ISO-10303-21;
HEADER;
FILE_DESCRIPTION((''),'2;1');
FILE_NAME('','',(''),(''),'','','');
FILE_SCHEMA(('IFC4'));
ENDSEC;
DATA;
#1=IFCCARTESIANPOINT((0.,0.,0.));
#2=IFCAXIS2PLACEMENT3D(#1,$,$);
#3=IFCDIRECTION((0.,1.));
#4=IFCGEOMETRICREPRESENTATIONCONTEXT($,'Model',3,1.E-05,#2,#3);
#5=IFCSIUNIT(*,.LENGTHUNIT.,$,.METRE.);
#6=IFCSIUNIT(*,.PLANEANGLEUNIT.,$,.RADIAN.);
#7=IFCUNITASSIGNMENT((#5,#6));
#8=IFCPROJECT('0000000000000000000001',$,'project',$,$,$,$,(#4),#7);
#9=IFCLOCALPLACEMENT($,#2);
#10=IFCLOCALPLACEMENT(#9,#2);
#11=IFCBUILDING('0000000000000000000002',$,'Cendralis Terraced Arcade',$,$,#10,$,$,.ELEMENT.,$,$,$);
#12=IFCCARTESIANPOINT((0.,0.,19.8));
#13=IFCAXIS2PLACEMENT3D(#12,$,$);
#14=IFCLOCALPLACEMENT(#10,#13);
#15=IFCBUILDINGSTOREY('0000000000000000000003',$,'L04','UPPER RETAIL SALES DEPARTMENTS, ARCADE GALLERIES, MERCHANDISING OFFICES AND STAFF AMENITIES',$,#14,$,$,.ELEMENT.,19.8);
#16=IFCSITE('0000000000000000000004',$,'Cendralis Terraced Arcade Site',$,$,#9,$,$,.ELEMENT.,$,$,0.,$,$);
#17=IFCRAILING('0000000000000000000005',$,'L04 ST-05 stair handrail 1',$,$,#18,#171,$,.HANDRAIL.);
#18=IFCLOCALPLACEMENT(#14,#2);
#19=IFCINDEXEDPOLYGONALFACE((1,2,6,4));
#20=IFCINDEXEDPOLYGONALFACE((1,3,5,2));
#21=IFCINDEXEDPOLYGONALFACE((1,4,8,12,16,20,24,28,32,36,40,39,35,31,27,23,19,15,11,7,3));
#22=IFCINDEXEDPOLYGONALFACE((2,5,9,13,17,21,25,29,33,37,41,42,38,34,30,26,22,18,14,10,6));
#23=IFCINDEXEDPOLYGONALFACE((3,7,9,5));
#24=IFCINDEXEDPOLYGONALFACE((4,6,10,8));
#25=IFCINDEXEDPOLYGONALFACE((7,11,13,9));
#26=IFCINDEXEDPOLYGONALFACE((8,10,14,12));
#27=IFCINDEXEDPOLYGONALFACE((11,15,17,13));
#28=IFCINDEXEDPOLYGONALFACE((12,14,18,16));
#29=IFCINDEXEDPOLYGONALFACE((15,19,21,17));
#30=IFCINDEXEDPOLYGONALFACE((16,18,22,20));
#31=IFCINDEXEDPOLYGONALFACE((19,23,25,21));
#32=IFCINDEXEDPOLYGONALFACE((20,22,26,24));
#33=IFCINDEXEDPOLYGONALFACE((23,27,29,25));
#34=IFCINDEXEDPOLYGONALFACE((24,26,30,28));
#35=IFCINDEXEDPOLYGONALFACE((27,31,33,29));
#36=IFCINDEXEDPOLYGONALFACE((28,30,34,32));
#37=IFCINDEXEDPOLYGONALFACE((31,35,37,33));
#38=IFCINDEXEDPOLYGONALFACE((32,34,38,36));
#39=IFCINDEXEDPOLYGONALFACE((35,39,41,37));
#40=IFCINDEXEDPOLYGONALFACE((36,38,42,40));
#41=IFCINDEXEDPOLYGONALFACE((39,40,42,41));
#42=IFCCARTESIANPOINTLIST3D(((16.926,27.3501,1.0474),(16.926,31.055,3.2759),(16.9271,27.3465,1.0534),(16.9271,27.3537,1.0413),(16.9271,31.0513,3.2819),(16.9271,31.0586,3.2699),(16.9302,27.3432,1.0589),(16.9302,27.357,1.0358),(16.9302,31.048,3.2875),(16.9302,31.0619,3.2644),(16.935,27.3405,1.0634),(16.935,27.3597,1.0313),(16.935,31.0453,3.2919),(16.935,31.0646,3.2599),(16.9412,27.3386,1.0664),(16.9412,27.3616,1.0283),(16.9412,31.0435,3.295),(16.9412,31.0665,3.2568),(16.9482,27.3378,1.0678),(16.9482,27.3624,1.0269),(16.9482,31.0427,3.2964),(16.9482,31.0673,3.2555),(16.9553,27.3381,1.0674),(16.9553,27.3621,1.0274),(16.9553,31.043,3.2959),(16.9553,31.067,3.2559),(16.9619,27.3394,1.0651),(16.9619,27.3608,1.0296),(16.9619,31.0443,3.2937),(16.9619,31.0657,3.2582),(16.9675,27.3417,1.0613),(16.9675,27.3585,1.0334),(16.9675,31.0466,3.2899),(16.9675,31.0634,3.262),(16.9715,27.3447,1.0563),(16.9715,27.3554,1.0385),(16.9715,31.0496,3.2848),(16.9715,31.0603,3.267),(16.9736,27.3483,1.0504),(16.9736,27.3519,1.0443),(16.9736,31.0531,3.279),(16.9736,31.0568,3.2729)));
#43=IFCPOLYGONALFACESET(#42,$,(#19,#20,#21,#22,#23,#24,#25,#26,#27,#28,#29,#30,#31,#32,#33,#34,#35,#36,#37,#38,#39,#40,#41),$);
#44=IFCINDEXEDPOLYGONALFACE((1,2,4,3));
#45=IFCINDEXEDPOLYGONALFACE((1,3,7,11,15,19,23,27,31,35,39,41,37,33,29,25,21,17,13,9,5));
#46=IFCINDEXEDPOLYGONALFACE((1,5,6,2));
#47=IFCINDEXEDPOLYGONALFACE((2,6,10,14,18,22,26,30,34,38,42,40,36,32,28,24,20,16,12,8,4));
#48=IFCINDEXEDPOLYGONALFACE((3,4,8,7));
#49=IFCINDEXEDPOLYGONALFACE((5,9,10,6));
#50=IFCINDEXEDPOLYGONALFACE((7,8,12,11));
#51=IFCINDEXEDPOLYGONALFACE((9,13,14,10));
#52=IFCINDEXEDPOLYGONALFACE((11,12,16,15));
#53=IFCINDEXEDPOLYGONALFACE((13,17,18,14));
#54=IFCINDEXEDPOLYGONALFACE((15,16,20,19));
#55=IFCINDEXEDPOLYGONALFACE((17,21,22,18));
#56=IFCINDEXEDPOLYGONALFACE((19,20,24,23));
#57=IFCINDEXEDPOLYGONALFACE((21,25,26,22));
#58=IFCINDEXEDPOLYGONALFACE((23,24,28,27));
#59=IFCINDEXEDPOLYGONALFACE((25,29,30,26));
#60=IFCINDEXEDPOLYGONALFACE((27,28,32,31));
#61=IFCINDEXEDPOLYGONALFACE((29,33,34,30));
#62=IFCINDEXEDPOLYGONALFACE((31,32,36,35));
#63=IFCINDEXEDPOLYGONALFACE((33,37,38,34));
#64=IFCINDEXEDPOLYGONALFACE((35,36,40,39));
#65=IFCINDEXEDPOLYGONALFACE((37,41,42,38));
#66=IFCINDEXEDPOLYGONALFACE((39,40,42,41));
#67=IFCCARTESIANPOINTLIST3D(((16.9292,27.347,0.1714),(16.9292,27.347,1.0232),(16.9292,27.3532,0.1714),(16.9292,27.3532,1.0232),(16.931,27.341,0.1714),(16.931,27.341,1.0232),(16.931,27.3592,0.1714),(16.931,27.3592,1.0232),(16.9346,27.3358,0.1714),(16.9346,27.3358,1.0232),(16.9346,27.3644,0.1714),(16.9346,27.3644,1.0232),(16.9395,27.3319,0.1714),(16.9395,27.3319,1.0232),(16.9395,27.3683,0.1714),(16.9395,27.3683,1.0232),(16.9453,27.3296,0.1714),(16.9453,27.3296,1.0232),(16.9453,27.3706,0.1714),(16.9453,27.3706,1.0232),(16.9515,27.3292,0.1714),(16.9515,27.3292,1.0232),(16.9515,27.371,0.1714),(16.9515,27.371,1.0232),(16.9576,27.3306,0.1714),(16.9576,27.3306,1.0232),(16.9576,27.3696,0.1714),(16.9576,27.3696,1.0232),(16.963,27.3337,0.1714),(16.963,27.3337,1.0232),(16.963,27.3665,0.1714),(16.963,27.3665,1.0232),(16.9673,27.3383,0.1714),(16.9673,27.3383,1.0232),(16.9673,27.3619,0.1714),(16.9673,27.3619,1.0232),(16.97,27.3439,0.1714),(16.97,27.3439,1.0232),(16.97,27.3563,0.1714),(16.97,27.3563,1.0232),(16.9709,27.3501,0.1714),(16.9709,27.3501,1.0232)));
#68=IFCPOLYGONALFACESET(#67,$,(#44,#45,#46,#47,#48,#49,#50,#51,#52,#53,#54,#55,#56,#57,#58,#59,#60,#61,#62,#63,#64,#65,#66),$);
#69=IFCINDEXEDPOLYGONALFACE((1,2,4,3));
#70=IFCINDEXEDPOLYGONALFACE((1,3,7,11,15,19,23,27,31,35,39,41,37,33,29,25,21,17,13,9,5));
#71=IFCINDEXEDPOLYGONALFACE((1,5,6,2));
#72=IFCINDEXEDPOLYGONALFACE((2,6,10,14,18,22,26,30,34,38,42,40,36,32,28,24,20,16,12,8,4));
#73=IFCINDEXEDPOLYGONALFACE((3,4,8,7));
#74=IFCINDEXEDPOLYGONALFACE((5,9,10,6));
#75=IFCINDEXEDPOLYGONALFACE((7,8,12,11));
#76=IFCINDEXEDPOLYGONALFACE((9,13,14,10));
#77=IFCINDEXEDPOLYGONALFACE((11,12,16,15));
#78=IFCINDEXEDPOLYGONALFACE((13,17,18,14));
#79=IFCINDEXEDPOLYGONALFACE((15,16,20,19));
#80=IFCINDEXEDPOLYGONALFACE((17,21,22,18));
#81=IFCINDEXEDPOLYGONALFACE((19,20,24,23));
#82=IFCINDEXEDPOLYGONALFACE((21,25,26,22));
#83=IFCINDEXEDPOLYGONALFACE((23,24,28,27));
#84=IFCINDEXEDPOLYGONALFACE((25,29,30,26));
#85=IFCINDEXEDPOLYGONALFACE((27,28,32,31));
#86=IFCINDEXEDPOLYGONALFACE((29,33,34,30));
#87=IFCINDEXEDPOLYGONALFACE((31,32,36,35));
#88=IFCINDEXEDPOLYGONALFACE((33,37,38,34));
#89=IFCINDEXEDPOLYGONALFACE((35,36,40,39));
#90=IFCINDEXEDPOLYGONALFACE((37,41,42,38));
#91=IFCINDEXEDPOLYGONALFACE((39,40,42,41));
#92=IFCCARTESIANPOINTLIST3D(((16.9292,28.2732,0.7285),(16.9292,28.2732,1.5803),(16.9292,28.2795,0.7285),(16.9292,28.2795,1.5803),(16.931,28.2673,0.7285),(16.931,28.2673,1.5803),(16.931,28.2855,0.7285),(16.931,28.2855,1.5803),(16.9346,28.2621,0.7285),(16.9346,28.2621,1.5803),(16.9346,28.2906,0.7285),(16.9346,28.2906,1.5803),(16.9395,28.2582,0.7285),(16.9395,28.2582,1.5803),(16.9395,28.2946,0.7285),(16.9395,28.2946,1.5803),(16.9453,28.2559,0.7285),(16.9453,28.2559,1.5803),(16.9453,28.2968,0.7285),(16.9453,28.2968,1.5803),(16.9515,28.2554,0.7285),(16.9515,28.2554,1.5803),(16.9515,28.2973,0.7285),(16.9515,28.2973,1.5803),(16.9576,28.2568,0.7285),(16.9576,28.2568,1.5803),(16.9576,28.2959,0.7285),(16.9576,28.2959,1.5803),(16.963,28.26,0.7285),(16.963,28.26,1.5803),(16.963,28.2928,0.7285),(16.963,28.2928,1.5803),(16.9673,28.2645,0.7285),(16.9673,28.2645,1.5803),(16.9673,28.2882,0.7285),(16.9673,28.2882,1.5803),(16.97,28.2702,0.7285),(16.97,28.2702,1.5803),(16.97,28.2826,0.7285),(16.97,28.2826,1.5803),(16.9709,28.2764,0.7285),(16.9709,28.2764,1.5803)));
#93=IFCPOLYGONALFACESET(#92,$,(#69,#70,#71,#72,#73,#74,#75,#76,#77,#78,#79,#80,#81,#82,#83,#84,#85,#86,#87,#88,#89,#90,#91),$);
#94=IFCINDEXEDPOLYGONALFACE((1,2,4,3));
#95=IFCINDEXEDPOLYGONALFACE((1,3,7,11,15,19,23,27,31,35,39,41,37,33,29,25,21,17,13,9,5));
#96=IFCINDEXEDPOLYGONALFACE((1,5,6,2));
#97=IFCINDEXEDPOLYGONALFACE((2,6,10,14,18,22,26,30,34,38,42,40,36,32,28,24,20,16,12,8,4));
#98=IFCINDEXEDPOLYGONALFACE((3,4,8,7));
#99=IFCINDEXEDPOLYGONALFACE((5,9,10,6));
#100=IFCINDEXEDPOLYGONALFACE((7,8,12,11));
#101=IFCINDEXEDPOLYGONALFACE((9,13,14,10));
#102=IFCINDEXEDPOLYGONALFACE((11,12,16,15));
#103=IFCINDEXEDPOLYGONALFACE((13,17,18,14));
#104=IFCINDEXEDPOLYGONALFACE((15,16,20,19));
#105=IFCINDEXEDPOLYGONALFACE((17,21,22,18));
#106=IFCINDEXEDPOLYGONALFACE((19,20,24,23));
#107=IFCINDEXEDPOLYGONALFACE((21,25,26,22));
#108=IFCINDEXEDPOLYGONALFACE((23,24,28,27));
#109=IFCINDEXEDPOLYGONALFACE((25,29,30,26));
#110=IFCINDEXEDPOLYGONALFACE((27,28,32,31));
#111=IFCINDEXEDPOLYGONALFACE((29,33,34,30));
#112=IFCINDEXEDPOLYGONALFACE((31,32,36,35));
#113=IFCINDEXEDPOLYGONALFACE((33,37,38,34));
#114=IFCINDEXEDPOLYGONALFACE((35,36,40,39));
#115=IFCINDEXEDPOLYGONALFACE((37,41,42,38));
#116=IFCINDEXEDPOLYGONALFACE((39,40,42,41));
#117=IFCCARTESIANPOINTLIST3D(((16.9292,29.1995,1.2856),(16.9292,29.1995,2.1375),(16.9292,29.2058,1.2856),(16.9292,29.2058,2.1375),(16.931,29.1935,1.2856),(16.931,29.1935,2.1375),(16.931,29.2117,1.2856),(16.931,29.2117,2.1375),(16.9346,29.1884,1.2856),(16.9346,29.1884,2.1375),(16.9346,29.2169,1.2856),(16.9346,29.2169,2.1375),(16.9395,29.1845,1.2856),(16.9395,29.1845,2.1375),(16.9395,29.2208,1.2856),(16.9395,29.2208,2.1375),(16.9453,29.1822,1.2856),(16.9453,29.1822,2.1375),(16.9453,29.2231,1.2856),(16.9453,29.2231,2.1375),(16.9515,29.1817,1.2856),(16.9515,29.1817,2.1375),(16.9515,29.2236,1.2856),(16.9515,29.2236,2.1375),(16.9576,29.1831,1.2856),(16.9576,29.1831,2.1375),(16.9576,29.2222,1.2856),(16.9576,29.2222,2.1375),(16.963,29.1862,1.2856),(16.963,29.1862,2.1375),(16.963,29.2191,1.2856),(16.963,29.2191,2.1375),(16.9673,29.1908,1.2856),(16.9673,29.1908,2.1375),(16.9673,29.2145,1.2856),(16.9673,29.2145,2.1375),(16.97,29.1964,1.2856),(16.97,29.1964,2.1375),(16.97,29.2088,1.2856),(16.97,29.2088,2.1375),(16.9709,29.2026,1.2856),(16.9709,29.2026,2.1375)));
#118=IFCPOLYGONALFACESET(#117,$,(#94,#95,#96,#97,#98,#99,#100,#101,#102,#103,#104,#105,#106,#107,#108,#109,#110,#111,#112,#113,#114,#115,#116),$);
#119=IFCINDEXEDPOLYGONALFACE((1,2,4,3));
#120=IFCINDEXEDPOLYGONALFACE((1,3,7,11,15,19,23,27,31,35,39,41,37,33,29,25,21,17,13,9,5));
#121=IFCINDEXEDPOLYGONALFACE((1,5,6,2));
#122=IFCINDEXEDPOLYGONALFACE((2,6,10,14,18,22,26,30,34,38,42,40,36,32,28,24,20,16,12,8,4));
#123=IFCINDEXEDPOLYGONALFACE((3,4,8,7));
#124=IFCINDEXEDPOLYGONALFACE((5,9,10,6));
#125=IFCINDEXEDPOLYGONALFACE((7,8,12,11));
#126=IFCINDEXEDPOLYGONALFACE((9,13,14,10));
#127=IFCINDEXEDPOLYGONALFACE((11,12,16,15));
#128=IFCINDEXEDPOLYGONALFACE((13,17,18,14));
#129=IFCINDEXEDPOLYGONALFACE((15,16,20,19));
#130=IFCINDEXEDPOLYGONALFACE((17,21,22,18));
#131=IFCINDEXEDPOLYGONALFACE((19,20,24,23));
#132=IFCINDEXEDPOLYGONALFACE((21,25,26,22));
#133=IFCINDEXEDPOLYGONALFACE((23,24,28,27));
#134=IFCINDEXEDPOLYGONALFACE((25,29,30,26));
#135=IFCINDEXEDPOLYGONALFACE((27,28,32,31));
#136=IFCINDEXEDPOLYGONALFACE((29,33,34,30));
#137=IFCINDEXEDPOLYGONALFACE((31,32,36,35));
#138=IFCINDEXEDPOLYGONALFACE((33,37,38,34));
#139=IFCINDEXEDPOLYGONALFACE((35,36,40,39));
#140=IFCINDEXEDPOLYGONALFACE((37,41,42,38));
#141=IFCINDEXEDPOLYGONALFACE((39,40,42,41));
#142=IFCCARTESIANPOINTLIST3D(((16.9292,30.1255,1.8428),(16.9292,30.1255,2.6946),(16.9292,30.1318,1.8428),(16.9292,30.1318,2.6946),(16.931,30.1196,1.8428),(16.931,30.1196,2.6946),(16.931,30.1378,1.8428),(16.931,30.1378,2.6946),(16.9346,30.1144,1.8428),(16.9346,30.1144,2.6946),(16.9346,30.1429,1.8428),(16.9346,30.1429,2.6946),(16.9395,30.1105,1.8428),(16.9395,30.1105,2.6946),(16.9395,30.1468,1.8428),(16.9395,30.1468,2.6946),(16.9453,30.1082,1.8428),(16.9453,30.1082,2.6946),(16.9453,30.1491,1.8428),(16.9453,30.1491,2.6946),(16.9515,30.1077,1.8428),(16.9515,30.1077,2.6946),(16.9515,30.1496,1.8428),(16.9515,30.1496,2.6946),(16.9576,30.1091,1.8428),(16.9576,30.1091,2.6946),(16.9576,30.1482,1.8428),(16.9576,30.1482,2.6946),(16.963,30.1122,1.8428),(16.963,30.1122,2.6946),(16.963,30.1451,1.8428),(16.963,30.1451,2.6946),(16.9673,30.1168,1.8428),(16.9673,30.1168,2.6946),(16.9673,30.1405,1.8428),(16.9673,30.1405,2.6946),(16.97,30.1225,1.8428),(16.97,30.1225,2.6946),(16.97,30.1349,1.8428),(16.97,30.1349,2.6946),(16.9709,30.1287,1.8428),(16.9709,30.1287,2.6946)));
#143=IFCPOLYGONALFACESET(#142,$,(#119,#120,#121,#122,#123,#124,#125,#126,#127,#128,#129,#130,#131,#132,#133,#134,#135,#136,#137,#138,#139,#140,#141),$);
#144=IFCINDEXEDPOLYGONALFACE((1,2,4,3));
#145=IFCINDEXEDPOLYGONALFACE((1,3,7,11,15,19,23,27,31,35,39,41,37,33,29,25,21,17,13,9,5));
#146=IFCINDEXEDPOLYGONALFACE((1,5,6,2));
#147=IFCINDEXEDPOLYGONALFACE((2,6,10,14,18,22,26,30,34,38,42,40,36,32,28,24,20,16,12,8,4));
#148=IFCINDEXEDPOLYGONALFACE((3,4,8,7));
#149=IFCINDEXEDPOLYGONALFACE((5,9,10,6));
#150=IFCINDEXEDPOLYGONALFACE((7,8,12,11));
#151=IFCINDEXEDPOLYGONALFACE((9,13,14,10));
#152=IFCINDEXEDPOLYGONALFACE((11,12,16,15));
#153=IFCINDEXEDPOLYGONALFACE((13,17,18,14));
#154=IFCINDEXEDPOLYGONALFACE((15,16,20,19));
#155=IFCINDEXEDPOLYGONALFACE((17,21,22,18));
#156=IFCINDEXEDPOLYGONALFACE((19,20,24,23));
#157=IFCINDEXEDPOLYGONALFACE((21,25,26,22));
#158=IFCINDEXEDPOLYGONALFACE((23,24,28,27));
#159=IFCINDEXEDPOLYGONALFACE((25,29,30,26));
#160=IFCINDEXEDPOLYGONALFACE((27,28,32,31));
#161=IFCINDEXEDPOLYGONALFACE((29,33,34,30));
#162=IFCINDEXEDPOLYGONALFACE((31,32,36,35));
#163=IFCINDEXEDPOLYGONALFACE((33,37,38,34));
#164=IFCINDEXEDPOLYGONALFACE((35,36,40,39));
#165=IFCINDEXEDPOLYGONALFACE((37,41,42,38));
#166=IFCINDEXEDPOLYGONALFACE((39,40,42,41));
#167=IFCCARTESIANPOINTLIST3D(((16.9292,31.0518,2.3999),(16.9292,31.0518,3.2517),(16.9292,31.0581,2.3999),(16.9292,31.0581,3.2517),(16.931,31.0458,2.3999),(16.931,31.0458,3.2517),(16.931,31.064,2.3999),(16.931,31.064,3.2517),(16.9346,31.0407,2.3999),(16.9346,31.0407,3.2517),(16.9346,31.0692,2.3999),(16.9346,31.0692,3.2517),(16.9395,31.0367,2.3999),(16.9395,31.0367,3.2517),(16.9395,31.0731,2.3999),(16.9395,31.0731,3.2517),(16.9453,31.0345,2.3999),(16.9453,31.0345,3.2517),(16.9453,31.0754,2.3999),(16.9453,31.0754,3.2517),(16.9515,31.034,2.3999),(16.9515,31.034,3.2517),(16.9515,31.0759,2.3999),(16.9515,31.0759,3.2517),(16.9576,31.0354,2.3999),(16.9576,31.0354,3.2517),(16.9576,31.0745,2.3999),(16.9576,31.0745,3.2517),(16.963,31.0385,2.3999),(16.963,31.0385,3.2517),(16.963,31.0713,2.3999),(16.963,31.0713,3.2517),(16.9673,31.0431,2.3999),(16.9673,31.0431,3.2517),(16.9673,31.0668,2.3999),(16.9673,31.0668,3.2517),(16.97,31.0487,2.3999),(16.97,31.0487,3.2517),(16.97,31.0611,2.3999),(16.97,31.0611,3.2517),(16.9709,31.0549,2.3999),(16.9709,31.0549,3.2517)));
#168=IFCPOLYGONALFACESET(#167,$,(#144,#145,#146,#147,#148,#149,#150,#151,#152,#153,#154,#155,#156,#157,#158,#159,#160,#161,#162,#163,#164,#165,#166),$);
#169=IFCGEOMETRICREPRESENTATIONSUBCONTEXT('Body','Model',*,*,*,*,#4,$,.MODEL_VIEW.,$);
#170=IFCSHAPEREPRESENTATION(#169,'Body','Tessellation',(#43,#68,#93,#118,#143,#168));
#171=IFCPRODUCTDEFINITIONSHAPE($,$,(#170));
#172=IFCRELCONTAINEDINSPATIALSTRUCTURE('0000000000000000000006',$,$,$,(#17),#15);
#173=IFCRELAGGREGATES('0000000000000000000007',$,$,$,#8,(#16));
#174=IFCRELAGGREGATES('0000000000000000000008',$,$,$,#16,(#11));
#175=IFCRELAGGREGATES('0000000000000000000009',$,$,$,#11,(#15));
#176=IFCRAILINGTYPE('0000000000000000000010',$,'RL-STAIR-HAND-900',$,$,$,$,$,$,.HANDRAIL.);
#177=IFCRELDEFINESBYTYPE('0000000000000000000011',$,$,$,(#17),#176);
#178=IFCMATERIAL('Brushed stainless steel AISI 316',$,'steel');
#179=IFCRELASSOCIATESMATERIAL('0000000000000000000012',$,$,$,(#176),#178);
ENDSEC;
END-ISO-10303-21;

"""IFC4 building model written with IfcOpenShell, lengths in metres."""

from ifc_helpers import new_model, si_unit, direction, frame, origin, origin_2d, place, context, subcontext, project, spatial, circle, extrude, material, type_object, element, save


model = new_model("IFC4")

# Units and contexts
model_context = context("Model", 3, precision=1e-05, world=origin(), true_north=direction((0.0, 1.0)))
body_context = subcontext(model_context, "Body", "Model", "MODEL_VIEW")
ifc_project = project(units=[si_unit("LENGTHUNIT", "METRE"), si_unit("PLANEANGLEUNIT", "RADIAN")], contexts=[model_context])

# Site, building, storey
site_placement = place(None, origin())
site = spatial("IfcSite", under=ifc_project, at=site_placement, Name="Cendralis Terraced Arcade Site", CompositionType="ELEMENT", RefElevation=0.0)
building_placement = place(site_placement, origin())
building = spatial("IfcBuilding", under=site, at=building_placement, Name="Cendralis Terraced Arcade", CompositionType="ELEMENT")
storey_placement = place(building_placement, frame((0.0, 0.0, 19.8)))
storey = spatial("IfcBuildingStorey", under=building, at=storey_placement, Name="L04", Description="UPPER RETAIL SALES DEPARTMENTS, ARCADE GALLERIES, MERCHANDISING OFFICES AND STAFF AMENITIES", CompositionType="ELEMENT", Elevation=19.8)

# Railing
ifc_material_1 = material(Name="Brushed stainless steel AISI 316", Category="steel")
railing_type_1 = type_object("IfcRailingType", Name="RL-STAIR-HAND-900", PredefinedType="HANDRAIL", material=ifc_material_1)
railing_1_placement = place(storey_placement, frame((16.95, 27.3501, 0.1714)))
element("IfcRailing", 1, at=railing_1_placement, inside=storey, type_object=railing_type_1, Name="L04 ST-05 stair handrail 1", PredefinedType="HANDRAIL", context=body_context, shape_type="SweptSolid", body=[
    extrude(circle(Radius=0.0239, at=origin_2d()), frame((0.0, 0.0, 0.876), z_axis=(0.0, 0.856919, 0.51545), x_axis=(-1.0, 0.0, 0.0)), (0.0, 0.0, 1.0), 4.3235),
    extrude(circle(Radius=0.021, at=origin_2d()), origin(), (0.0, 0.0, 1.0), 0.8518),
    extrude(circle(Radius=0.021, at=origin_2d()), frame((0.0, 0.9263, 0.5571)), (0.0, 0.0, 1.0), 0.8518),
    extrude(circle(Radius=0.021, at=origin_2d()), frame((0.0, 1.8525, 1.1143)), (0.0, 0.0, 1.0), 0.8518),
    extrude(circle(Radius=0.021, at=origin_2d()), frame((0.0, 2.7786, 1.6714)), (0.0, 0.0, 1.0), 0.8518),
    extrude(circle(Radius=0.021, at=origin_2d()), frame((0.0, 3.7048, 2.2285)), (0.0, 0.0, 1.0), 0.8518),
])

save(model, "model.ifc")
